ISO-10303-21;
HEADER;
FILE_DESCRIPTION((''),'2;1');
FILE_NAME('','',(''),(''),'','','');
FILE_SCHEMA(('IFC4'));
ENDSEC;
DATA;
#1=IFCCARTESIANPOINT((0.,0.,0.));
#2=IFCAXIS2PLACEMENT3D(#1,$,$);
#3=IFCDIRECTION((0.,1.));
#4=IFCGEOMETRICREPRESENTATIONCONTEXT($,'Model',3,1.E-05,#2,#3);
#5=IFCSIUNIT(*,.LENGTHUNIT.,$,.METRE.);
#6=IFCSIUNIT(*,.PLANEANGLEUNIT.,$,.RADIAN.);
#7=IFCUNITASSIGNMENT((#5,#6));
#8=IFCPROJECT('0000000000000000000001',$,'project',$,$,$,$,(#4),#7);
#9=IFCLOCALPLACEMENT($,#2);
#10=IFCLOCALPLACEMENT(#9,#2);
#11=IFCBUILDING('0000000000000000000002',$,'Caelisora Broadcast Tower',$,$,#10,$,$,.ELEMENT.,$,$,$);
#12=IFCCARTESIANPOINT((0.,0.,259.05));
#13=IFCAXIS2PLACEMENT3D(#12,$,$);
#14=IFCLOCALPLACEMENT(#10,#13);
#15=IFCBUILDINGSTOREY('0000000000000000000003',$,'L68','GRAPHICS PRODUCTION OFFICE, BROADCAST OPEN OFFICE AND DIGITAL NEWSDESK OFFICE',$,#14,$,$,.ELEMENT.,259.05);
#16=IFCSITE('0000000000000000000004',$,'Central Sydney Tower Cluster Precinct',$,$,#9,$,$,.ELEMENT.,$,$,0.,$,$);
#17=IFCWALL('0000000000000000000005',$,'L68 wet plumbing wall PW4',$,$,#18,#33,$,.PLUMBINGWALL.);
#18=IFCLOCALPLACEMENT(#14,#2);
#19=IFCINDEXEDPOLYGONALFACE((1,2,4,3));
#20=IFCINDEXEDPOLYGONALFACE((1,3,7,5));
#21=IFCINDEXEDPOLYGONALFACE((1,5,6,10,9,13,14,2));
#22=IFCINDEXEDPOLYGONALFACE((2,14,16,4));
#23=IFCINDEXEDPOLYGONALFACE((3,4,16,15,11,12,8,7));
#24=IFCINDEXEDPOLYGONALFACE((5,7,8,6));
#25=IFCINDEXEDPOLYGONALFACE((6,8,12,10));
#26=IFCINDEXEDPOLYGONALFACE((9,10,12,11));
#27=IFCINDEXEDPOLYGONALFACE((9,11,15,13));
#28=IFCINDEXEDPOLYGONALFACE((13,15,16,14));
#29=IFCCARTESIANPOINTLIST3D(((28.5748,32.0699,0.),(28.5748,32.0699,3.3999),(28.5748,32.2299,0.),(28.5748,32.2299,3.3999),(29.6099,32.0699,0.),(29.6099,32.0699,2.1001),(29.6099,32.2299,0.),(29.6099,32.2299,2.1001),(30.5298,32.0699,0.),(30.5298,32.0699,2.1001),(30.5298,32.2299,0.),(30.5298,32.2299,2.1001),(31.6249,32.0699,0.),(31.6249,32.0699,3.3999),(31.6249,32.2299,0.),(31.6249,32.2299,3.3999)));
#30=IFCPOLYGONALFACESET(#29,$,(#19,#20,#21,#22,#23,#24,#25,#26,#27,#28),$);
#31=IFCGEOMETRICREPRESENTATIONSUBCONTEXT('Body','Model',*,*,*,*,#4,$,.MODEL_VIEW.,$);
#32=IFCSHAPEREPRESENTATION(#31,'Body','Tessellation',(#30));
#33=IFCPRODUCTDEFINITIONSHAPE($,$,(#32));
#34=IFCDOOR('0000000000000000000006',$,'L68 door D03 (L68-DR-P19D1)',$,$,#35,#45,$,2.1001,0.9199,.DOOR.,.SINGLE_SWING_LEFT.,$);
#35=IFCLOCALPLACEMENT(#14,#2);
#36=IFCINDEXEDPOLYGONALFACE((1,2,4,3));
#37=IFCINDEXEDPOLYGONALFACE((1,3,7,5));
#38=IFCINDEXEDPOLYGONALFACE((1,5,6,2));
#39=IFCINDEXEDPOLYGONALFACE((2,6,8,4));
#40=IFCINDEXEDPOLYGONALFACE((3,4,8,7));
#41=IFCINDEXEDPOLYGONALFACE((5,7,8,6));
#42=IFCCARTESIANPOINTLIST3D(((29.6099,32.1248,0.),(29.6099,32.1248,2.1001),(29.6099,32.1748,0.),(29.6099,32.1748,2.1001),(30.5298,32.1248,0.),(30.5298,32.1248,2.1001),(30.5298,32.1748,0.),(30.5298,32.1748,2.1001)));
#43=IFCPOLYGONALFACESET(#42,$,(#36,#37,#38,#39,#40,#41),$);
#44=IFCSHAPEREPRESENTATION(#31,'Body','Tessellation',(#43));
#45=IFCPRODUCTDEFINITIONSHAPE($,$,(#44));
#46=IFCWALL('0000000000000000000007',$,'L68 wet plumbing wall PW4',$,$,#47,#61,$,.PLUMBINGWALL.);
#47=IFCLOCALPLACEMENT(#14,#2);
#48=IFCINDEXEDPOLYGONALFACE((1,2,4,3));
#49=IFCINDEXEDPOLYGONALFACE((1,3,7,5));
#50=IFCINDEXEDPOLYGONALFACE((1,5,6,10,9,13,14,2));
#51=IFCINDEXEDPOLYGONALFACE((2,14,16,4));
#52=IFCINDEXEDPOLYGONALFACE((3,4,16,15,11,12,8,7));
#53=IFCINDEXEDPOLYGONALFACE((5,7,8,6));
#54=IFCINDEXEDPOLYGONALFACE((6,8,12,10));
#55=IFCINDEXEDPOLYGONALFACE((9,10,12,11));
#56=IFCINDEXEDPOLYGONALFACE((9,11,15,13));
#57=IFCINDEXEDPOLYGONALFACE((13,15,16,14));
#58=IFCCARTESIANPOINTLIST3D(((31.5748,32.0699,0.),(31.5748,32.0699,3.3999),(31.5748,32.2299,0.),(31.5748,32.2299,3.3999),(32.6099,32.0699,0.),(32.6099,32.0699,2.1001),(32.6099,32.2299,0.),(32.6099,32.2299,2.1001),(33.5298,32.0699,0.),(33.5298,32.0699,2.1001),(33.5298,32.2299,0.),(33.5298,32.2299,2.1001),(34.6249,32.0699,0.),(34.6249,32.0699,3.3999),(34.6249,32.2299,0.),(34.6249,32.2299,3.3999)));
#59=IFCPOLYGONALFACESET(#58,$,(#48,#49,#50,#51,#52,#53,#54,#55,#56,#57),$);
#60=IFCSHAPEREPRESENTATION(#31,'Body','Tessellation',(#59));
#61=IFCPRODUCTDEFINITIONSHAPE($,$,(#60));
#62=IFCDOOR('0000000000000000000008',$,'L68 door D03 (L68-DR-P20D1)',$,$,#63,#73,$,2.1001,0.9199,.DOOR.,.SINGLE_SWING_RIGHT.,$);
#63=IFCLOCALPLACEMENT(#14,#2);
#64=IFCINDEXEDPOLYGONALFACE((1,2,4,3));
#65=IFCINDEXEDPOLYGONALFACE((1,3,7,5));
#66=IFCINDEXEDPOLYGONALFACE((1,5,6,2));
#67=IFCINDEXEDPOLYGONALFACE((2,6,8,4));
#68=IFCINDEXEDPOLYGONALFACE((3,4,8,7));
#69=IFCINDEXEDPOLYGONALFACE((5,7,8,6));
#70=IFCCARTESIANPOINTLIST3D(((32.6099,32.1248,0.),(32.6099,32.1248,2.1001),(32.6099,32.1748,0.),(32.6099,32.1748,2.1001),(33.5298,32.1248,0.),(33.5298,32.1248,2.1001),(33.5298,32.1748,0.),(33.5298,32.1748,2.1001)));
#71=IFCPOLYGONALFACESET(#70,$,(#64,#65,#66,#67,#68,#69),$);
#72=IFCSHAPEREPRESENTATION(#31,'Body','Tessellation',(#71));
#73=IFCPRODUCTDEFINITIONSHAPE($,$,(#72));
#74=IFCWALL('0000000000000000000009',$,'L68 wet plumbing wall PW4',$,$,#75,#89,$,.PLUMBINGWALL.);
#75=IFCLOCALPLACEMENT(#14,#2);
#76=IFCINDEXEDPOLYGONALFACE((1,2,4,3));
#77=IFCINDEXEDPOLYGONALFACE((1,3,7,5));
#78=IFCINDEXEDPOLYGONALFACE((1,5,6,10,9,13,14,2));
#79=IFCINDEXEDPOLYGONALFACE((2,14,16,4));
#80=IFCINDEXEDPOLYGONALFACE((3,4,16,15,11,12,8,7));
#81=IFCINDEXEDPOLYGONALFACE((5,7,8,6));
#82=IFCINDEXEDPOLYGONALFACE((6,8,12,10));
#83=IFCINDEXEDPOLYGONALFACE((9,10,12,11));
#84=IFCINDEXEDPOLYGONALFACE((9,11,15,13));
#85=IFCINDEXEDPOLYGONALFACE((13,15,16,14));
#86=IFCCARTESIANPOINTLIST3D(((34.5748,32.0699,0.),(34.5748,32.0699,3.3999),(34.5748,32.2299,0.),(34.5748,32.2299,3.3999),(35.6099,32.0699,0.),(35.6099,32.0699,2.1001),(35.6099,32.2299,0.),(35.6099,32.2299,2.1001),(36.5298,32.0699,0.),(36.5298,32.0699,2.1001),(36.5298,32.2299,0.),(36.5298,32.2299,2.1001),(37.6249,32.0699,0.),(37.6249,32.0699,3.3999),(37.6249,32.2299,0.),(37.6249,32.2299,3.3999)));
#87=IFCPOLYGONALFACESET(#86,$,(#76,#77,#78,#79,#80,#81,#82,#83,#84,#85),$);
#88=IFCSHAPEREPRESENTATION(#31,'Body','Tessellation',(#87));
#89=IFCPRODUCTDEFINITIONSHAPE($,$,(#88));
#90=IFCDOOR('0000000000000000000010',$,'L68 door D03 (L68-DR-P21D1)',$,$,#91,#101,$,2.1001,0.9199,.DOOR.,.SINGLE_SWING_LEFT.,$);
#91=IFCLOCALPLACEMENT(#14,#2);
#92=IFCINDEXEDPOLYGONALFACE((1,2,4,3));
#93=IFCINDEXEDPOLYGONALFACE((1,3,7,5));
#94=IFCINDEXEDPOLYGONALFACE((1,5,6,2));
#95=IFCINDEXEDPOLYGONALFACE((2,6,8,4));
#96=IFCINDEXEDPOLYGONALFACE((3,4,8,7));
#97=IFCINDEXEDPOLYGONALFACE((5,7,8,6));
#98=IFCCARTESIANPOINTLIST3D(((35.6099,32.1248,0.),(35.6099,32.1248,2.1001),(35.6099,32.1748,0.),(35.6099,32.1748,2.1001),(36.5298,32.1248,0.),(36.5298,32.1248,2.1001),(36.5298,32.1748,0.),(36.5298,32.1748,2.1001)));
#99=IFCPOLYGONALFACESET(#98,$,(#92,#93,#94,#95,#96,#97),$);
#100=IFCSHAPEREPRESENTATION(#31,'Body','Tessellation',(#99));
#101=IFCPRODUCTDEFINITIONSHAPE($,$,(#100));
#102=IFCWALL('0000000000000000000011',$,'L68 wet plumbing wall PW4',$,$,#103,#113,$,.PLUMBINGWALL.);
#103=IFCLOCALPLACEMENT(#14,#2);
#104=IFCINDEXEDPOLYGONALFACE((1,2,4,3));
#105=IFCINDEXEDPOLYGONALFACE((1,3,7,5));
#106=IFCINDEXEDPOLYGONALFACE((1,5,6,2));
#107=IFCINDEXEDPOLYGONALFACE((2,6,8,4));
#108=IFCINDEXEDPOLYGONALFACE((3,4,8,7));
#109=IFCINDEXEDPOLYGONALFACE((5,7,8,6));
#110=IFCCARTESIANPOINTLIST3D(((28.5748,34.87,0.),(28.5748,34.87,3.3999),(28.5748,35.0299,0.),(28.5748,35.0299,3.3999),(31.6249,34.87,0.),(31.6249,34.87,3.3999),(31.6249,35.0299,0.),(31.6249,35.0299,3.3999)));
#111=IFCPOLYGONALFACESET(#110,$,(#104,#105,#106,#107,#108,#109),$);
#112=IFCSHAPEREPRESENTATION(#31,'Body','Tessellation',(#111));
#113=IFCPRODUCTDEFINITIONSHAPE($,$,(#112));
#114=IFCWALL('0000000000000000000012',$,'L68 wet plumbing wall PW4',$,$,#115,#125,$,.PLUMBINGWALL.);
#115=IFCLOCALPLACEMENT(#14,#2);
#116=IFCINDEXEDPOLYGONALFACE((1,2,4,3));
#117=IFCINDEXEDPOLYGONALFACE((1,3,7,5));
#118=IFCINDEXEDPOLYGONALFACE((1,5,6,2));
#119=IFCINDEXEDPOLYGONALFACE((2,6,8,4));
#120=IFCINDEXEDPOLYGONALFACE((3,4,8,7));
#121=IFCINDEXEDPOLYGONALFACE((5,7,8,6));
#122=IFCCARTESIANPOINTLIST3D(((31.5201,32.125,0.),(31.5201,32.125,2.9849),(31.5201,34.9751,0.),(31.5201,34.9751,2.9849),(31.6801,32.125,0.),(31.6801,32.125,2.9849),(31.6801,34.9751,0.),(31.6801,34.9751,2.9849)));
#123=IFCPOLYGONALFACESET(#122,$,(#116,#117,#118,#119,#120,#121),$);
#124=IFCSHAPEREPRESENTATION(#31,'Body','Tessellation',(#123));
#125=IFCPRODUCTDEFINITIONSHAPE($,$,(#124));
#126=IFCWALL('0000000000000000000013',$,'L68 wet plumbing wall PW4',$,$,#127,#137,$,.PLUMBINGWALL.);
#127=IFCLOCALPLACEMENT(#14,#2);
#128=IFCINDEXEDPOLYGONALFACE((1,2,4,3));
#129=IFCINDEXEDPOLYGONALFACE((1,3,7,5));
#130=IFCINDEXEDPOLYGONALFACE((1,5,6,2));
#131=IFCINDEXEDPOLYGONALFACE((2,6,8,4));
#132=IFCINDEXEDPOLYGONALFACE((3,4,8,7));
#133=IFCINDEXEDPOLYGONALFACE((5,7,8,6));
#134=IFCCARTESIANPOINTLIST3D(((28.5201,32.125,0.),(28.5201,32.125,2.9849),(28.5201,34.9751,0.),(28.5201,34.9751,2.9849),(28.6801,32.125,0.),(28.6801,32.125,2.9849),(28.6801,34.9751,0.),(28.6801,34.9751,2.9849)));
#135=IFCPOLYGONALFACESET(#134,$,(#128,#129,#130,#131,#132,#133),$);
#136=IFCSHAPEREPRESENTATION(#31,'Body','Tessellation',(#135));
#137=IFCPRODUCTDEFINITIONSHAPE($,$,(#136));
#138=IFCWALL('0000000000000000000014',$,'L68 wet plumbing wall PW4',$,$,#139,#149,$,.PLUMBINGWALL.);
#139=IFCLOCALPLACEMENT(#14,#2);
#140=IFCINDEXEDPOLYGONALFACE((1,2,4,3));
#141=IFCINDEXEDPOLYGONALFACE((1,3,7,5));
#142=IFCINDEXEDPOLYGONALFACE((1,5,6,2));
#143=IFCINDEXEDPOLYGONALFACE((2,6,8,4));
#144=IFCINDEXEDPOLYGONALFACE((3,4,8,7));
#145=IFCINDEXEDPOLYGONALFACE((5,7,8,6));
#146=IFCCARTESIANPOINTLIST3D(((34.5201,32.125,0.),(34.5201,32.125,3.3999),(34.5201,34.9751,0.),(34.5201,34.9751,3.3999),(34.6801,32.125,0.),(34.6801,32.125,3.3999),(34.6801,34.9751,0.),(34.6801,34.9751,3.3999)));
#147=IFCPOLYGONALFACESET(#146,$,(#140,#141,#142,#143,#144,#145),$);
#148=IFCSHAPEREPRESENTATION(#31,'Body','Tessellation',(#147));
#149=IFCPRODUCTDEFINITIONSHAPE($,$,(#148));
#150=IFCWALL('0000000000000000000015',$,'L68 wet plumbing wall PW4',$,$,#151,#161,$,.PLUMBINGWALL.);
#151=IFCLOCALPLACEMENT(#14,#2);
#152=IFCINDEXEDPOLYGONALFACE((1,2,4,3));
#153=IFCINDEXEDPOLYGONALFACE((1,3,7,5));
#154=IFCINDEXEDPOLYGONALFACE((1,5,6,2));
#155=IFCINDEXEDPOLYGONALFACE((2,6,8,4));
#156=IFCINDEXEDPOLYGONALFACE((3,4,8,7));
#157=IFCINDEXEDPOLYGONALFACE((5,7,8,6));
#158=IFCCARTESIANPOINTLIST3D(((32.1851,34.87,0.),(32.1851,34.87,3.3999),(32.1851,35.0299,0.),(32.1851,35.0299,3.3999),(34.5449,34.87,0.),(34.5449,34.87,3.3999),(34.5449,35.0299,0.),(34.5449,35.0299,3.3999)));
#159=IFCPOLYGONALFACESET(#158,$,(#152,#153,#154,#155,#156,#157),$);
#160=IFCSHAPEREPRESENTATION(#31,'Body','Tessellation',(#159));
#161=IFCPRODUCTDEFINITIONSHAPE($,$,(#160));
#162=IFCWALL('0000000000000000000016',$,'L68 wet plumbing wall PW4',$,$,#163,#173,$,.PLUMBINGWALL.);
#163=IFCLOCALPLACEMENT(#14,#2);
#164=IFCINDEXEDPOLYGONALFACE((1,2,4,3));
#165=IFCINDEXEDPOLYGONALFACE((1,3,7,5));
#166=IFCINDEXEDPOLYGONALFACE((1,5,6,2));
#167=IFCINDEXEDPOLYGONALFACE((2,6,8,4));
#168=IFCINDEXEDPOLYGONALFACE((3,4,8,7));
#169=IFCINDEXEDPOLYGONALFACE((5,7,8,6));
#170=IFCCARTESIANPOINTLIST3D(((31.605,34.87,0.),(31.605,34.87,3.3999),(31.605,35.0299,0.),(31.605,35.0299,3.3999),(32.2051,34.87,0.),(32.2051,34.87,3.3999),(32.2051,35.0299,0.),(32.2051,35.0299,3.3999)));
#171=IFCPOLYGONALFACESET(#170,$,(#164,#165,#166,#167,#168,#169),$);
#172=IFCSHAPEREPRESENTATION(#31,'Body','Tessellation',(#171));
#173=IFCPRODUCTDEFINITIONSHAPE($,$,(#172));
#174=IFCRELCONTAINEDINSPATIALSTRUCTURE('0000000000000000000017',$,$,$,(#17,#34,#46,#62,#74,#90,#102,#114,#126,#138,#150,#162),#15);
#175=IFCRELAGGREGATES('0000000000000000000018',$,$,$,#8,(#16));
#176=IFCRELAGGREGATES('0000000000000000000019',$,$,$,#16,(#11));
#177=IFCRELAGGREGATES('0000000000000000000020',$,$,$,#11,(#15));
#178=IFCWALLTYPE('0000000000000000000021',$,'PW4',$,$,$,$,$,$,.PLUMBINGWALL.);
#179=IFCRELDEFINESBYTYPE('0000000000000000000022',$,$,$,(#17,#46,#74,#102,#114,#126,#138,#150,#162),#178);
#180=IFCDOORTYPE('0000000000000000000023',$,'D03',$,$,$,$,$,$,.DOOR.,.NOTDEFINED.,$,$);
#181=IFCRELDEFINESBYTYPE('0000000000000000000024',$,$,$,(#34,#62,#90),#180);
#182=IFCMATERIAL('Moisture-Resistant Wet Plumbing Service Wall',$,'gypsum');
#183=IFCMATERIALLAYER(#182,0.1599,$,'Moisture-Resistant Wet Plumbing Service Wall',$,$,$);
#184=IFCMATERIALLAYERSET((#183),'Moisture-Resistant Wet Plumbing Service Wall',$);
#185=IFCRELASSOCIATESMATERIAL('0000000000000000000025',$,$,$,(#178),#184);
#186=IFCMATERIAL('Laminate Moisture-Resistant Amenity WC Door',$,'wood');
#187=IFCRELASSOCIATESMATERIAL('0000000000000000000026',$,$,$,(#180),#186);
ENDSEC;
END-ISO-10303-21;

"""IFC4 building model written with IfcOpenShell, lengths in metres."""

from ifc_helpers import new_model, si_unit, direction, frame, frame_2d, origin, place, context, subcontext, project, spatial, rectangle, extrude, material, layer, layer_set, type_object, element, fill, save


model = new_model("IFC4")

# Units and contexts
model_context = context("Model", 3, precision=1e-05, world=origin(), true_north=direction((0.0, 1.0)))
body_context = subcontext(model_context, "Body", "Model", "MODEL_VIEW")
ifc_project = project(units=[si_unit("LENGTHUNIT", "METRE"), si_unit("PLANEANGLEUNIT", "RADIAN")], contexts=[model_context])

# Site, building, storey
site_placement = place(None, origin())
site = spatial("IfcSite", under=ifc_project, at=site_placement, Name="Central Sydney Tower Cluster Precinct", CompositionType="ELEMENT", RefElevation=0.0)
building_placement = place(site_placement, origin())
building = spatial("IfcBuilding", under=site, at=building_placement, Name="Caelisora Broadcast Tower", CompositionType="ELEMENT")
storey_placement = place(building_placement, frame((0.0, 0.0, 259.05)))
storey = spatial("IfcBuildingStorey", under=building, at=storey_placement, Name="L68", Description="GRAPHICS PRODUCTION OFFICE, BROADCAST OPEN OFFICE AND DIGITAL NEWSDESK OFFICE", CompositionType="ELEMENT", Elevation=259.05)

# Walls, openings, doors
ifc_material_1 = material(Name="Moisture-Resistant Wet Plumbing Service Wall", Category="gypsum")
ifc_layer_1 = layer(ifc_material_1, 0.1599, Name="Moisture-Resistant Wet Plumbing Service Wall")
ifc_layer_set_1 = layer_set([ifc_layer_1], Name="Moisture-Resistant Wet Plumbing Service Wall")
wall_type_1 = type_object("IfcWallType", Name="PW4", PredefinedType="PLUMBINGWALL", material=ifc_layer_set_1)
wall_1_placement = place(storey_placement, frame((28.575, 32.1499, 0.0), z_axis=(0.0, 0.0, 1.0), x_axis=(1.0, 0.0, 0.0)))
wall_1 = element("IfcWall", 1, at=wall_1_placement, inside=storey, type_object=wall_type_1, Name="L68 wet plumbing wall PW4", PredefinedType="PLUMBINGWALL", context=body_context, shape_type="SweptSolid", body=[
    extrude(rectangle(XDim=3.05, YDim=0.1599, at=frame_2d((1.5249, 0.0))), origin(), (0.0, 0.0, 1.0), 3.3999),
])
opening_1_placement = place(wall_1_placement, frame((1.0349, 0.0, 0.0)))
opening_1 = element("IfcOpeningElement", 2, at=opening_1_placement, cuts=wall_1, PredefinedType="OPENING", context=body_context, shape_type="SweptSolid", body=[
    extrude(rectangle(XDim=0.9199, YDim=2.1001, at=frame_2d((0.46, 1.05))), frame((0.0, 0.092, 0.0), z_axis=(0.0, -1.0, 0.0), x_axis=(1.0, 0.0, 0.0)), (0.0, 0.0, 1.0), 0.1838),
])
ifc_material_2 = material(Name="Laminate Moisture-Resistant Amenity WC Door", Category="wood")
door_type_1 = type_object("IfcDoorType", Name="D03", OperationType="NOTDEFINED", PredefinedType="DOOR", material=ifc_material_2)
door_1_placement = place(opening_1_placement, origin())
door_1 = element("IfcDoor", 3, at=door_1_placement, inside=storey, type_object=door_type_1, Name="L68 door D03 (L68-DR-P19D1)", OperationType="SINGLE_SWING_LEFT", OverallHeight=2.1001, OverallWidth=0.9199, PredefinedType="DOOR", context=body_context, shape_type="SweptSolid", body=[
    extrude(rectangle(XDim=0.9199, YDim=2.1001, at=frame_2d((0.46, 1.05))), frame((0.0, 0.0249, 0.0), z_axis=(0.0, -1.0, 0.0), x_axis=(1.0, 0.0, 0.0)), (0.0, 0.0, 1.0), 0.05),
])
fill(opening_1, door_1)
wall_2_placement = place(storey_placement, frame((31.575, 32.1499, 0.0), z_axis=(0.0, 0.0, 1.0), x_axis=(1.0, 0.0, 0.0)))
wall_2 = element("IfcWall", 4, at=wall_2_placement, inside=storey, type_object=wall_type_1, Name="L68 wet plumbing wall PW4", PredefinedType="PLUMBINGWALL", context=body_context, shape_type="SweptSolid", body=[
    extrude(rectangle(XDim=3.05, YDim=0.1599, at=frame_2d((1.5249, 0.0))), origin(), (0.0, 0.0, 1.0), 3.3999),
])
opening_2_placement = place(wall_2_placement, frame((1.0349, 0.0, 0.0)))
opening_2 = element("IfcOpeningElement", 5, at=opening_2_placement, cuts=wall_2, PredefinedType="OPENING", context=body_context, shape_type="SweptSolid", body=[
    extrude(rectangle(XDim=0.9199, YDim=2.1001, at=frame_2d((0.46, 1.05))), frame((0.0, 0.092, 0.0), z_axis=(0.0, -1.0, 0.0), x_axis=(1.0, 0.0, 0.0)), (0.0, 0.0, 1.0), 0.1838),
])
door_2_placement = place(opening_2_placement, origin())
door_2 = element("IfcDoor", 6, at=door_2_placement, inside=storey, type_object=door_type_1, Name="L68 door D03 (L68-DR-P20D1)", OperationType="SINGLE_SWING_RIGHT", OverallHeight=2.1001, OverallWidth=0.9199, PredefinedType="DOOR", context=body_context, shape_type="SweptSolid", body=[
    extrude(rectangle(XDim=0.9199, YDim=2.1001, at=frame_2d((0.46, 1.05))), frame((0.0, 0.0249, 0.0), z_axis=(0.0, -1.0, 0.0), x_axis=(1.0, 0.0, 0.0)), (0.0, 0.0, 1.0), 0.05),
])
fill(opening_2, door_2)
wall_3_placement = place(storey_placement, frame((34.575, 32.1499, 0.0), z_axis=(0.0, 0.0, 1.0), x_axis=(1.0, 0.0, 0.0)))
wall_3 = element("IfcWall", 7, at=wall_3_placement, inside=storey, type_object=wall_type_1, Name="L68 wet plumbing wall PW4", PredefinedType="PLUMBINGWALL", context=body_context, shape_type="SweptSolid", body=[
    extrude(rectangle(XDim=3.05, YDim=0.1599, at=frame_2d((1.5249, 0.0))), origin(), (0.0, 0.0, 1.0), 3.3999),
])
opening_3_placement = place(wall_3_placement, frame((1.0349, 0.0, 0.0)))
opening_3 = element("IfcOpeningElement", 8, at=opening_3_placement, cuts=wall_3, PredefinedType="OPENING", context=body_context, shape_type="SweptSolid", body=[
    extrude(rectangle(XDim=0.9199, YDim=2.1001, at=frame_2d((0.46, 1.05))), frame((0.0, 0.092, 0.0), z_axis=(0.0, -1.0, 0.0), x_axis=(1.0, 0.0, 0.0)), (0.0, 0.0, 1.0), 0.1838),
])
door_3_placement = place(opening_3_placement, origin())
door_3 = element("IfcDoor", 9, at=door_3_placement, inside=storey, type_object=door_type_1, Name="L68 door D03 (L68-DR-P21D1)", OperationType="SINGLE_SWING_LEFT", OverallHeight=2.1001, OverallWidth=0.9199, PredefinedType="DOOR", context=body_context, shape_type="SweptSolid", body=[
    extrude(rectangle(XDim=0.9199, YDim=2.1001, at=frame_2d((0.46, 1.05))), frame((0.0, 0.0249, 0.0), z_axis=(0.0, -1.0, 0.0), x_axis=(1.0, 0.0, 0.0)), (0.0, 0.0, 1.0), 0.05),
])
fill(opening_3, door_3)

# Walls
wall_4_placement = place(storey_placement, frame((28.575, 34.95, 0.0), z_axis=(0.0, 0.0, 1.0), x_axis=(1.0, 0.0, 0.0)))
element("IfcWall", 10, at=wall_4_placement, inside=storey, type_object=wall_type_1, Name="L68 wet plumbing wall PW4", PredefinedType="PLUMBINGWALL", context=body_context, shape_type="SweptSolid", body=[
    extrude(rectangle(XDim=3.05, YDim=0.1599, at=frame_2d((1.5249, 0.0))), origin(), (0.0, 0.0, 1.0), 3.3999),
])
for number, where, z_axis, x_axis, name in (
    (11, (31.6001, 32.125, 0.0), (0.0, 0.0, 1.0), (0.0, 1.0, 0.0), "L68 wet plumbing wall PW4"),
    (12, (28.6001, 32.125, 0.0), (0.0, 0.0, 1.0), (0.0, 1.0, 0.0), "L68 wet plumbing wall PW4"),
):
    element("IfcWall", number, at=place(storey_placement, frame(where, z_axis=z_axis, x_axis=x_axis)), inside=storey, type_object=wall_type_1, Name=name, PredefinedType="PLUMBINGWALL", context=body_context, shape_type="SweptSolid", body=[
        extrude(rectangle(XDim=2.8501, YDim=0.1599, at=frame_2d((1.425, 0.0))), origin(), (0.0, 0.0, 1.0), 2.9849),
    ])
wall_5_placement = place(storey_placement, frame((34.6001, 32.125, 0.0), z_axis=(0.0, 0.0, 1.0), x_axis=(0.0, 1.0, 0.0)))
element("IfcWall", 13, at=wall_5_placement, inside=storey, type_object=wall_type_1, Name="L68 wet plumbing wall PW4", PredefinedType="PLUMBINGWALL", context=body_context, shape_type="SweptSolid", body=[
    extrude(rectangle(XDim=2.8501, YDim=0.1599, at=frame_2d((1.425, 0.0))), origin(), (0.0, 0.0, 1.0), 3.3999),
])
wall_6_placement = place(storey_placement, frame((32.1851, 34.95, 0.0), z_axis=(0.0, 0.0, 1.0), x_axis=(1.0, 0.0, 0.0)))
element("IfcWall", 14, at=wall_6_placement, inside=storey, type_object=wall_type_1, Name="L68 wet plumbing wall PW4", PredefinedType="PLUMBINGWALL", context=body_context, shape_type="SweptSolid", body=[
    extrude(rectangle(XDim=2.3599, YDim=0.1599, at=frame_2d((1.1799, 0.0))), origin(), (0.0, 0.0, 1.0), 3.3999),
])
wall_7_placement = place(storey_placement, frame((31.605, 34.95, 0.0), z_axis=(0.0, 0.0, 1.0), x_axis=(1.0, 0.0, 0.0)))
element("IfcWall", 15, at=wall_7_placement, inside=storey, type_object=wall_type_1, Name="L68 wet plumbing wall PW4", PredefinedType="PLUMBINGWALL", context=body_context, shape_type="SweptSolid", body=[
    extrude(rectangle(XDim=0.6001, YDim=0.1599, at=frame_2d((0.3, 0.0))), origin(), (0.0, 0.0, 1.0), 3.3999),
])

save(model, "model.ifc")
